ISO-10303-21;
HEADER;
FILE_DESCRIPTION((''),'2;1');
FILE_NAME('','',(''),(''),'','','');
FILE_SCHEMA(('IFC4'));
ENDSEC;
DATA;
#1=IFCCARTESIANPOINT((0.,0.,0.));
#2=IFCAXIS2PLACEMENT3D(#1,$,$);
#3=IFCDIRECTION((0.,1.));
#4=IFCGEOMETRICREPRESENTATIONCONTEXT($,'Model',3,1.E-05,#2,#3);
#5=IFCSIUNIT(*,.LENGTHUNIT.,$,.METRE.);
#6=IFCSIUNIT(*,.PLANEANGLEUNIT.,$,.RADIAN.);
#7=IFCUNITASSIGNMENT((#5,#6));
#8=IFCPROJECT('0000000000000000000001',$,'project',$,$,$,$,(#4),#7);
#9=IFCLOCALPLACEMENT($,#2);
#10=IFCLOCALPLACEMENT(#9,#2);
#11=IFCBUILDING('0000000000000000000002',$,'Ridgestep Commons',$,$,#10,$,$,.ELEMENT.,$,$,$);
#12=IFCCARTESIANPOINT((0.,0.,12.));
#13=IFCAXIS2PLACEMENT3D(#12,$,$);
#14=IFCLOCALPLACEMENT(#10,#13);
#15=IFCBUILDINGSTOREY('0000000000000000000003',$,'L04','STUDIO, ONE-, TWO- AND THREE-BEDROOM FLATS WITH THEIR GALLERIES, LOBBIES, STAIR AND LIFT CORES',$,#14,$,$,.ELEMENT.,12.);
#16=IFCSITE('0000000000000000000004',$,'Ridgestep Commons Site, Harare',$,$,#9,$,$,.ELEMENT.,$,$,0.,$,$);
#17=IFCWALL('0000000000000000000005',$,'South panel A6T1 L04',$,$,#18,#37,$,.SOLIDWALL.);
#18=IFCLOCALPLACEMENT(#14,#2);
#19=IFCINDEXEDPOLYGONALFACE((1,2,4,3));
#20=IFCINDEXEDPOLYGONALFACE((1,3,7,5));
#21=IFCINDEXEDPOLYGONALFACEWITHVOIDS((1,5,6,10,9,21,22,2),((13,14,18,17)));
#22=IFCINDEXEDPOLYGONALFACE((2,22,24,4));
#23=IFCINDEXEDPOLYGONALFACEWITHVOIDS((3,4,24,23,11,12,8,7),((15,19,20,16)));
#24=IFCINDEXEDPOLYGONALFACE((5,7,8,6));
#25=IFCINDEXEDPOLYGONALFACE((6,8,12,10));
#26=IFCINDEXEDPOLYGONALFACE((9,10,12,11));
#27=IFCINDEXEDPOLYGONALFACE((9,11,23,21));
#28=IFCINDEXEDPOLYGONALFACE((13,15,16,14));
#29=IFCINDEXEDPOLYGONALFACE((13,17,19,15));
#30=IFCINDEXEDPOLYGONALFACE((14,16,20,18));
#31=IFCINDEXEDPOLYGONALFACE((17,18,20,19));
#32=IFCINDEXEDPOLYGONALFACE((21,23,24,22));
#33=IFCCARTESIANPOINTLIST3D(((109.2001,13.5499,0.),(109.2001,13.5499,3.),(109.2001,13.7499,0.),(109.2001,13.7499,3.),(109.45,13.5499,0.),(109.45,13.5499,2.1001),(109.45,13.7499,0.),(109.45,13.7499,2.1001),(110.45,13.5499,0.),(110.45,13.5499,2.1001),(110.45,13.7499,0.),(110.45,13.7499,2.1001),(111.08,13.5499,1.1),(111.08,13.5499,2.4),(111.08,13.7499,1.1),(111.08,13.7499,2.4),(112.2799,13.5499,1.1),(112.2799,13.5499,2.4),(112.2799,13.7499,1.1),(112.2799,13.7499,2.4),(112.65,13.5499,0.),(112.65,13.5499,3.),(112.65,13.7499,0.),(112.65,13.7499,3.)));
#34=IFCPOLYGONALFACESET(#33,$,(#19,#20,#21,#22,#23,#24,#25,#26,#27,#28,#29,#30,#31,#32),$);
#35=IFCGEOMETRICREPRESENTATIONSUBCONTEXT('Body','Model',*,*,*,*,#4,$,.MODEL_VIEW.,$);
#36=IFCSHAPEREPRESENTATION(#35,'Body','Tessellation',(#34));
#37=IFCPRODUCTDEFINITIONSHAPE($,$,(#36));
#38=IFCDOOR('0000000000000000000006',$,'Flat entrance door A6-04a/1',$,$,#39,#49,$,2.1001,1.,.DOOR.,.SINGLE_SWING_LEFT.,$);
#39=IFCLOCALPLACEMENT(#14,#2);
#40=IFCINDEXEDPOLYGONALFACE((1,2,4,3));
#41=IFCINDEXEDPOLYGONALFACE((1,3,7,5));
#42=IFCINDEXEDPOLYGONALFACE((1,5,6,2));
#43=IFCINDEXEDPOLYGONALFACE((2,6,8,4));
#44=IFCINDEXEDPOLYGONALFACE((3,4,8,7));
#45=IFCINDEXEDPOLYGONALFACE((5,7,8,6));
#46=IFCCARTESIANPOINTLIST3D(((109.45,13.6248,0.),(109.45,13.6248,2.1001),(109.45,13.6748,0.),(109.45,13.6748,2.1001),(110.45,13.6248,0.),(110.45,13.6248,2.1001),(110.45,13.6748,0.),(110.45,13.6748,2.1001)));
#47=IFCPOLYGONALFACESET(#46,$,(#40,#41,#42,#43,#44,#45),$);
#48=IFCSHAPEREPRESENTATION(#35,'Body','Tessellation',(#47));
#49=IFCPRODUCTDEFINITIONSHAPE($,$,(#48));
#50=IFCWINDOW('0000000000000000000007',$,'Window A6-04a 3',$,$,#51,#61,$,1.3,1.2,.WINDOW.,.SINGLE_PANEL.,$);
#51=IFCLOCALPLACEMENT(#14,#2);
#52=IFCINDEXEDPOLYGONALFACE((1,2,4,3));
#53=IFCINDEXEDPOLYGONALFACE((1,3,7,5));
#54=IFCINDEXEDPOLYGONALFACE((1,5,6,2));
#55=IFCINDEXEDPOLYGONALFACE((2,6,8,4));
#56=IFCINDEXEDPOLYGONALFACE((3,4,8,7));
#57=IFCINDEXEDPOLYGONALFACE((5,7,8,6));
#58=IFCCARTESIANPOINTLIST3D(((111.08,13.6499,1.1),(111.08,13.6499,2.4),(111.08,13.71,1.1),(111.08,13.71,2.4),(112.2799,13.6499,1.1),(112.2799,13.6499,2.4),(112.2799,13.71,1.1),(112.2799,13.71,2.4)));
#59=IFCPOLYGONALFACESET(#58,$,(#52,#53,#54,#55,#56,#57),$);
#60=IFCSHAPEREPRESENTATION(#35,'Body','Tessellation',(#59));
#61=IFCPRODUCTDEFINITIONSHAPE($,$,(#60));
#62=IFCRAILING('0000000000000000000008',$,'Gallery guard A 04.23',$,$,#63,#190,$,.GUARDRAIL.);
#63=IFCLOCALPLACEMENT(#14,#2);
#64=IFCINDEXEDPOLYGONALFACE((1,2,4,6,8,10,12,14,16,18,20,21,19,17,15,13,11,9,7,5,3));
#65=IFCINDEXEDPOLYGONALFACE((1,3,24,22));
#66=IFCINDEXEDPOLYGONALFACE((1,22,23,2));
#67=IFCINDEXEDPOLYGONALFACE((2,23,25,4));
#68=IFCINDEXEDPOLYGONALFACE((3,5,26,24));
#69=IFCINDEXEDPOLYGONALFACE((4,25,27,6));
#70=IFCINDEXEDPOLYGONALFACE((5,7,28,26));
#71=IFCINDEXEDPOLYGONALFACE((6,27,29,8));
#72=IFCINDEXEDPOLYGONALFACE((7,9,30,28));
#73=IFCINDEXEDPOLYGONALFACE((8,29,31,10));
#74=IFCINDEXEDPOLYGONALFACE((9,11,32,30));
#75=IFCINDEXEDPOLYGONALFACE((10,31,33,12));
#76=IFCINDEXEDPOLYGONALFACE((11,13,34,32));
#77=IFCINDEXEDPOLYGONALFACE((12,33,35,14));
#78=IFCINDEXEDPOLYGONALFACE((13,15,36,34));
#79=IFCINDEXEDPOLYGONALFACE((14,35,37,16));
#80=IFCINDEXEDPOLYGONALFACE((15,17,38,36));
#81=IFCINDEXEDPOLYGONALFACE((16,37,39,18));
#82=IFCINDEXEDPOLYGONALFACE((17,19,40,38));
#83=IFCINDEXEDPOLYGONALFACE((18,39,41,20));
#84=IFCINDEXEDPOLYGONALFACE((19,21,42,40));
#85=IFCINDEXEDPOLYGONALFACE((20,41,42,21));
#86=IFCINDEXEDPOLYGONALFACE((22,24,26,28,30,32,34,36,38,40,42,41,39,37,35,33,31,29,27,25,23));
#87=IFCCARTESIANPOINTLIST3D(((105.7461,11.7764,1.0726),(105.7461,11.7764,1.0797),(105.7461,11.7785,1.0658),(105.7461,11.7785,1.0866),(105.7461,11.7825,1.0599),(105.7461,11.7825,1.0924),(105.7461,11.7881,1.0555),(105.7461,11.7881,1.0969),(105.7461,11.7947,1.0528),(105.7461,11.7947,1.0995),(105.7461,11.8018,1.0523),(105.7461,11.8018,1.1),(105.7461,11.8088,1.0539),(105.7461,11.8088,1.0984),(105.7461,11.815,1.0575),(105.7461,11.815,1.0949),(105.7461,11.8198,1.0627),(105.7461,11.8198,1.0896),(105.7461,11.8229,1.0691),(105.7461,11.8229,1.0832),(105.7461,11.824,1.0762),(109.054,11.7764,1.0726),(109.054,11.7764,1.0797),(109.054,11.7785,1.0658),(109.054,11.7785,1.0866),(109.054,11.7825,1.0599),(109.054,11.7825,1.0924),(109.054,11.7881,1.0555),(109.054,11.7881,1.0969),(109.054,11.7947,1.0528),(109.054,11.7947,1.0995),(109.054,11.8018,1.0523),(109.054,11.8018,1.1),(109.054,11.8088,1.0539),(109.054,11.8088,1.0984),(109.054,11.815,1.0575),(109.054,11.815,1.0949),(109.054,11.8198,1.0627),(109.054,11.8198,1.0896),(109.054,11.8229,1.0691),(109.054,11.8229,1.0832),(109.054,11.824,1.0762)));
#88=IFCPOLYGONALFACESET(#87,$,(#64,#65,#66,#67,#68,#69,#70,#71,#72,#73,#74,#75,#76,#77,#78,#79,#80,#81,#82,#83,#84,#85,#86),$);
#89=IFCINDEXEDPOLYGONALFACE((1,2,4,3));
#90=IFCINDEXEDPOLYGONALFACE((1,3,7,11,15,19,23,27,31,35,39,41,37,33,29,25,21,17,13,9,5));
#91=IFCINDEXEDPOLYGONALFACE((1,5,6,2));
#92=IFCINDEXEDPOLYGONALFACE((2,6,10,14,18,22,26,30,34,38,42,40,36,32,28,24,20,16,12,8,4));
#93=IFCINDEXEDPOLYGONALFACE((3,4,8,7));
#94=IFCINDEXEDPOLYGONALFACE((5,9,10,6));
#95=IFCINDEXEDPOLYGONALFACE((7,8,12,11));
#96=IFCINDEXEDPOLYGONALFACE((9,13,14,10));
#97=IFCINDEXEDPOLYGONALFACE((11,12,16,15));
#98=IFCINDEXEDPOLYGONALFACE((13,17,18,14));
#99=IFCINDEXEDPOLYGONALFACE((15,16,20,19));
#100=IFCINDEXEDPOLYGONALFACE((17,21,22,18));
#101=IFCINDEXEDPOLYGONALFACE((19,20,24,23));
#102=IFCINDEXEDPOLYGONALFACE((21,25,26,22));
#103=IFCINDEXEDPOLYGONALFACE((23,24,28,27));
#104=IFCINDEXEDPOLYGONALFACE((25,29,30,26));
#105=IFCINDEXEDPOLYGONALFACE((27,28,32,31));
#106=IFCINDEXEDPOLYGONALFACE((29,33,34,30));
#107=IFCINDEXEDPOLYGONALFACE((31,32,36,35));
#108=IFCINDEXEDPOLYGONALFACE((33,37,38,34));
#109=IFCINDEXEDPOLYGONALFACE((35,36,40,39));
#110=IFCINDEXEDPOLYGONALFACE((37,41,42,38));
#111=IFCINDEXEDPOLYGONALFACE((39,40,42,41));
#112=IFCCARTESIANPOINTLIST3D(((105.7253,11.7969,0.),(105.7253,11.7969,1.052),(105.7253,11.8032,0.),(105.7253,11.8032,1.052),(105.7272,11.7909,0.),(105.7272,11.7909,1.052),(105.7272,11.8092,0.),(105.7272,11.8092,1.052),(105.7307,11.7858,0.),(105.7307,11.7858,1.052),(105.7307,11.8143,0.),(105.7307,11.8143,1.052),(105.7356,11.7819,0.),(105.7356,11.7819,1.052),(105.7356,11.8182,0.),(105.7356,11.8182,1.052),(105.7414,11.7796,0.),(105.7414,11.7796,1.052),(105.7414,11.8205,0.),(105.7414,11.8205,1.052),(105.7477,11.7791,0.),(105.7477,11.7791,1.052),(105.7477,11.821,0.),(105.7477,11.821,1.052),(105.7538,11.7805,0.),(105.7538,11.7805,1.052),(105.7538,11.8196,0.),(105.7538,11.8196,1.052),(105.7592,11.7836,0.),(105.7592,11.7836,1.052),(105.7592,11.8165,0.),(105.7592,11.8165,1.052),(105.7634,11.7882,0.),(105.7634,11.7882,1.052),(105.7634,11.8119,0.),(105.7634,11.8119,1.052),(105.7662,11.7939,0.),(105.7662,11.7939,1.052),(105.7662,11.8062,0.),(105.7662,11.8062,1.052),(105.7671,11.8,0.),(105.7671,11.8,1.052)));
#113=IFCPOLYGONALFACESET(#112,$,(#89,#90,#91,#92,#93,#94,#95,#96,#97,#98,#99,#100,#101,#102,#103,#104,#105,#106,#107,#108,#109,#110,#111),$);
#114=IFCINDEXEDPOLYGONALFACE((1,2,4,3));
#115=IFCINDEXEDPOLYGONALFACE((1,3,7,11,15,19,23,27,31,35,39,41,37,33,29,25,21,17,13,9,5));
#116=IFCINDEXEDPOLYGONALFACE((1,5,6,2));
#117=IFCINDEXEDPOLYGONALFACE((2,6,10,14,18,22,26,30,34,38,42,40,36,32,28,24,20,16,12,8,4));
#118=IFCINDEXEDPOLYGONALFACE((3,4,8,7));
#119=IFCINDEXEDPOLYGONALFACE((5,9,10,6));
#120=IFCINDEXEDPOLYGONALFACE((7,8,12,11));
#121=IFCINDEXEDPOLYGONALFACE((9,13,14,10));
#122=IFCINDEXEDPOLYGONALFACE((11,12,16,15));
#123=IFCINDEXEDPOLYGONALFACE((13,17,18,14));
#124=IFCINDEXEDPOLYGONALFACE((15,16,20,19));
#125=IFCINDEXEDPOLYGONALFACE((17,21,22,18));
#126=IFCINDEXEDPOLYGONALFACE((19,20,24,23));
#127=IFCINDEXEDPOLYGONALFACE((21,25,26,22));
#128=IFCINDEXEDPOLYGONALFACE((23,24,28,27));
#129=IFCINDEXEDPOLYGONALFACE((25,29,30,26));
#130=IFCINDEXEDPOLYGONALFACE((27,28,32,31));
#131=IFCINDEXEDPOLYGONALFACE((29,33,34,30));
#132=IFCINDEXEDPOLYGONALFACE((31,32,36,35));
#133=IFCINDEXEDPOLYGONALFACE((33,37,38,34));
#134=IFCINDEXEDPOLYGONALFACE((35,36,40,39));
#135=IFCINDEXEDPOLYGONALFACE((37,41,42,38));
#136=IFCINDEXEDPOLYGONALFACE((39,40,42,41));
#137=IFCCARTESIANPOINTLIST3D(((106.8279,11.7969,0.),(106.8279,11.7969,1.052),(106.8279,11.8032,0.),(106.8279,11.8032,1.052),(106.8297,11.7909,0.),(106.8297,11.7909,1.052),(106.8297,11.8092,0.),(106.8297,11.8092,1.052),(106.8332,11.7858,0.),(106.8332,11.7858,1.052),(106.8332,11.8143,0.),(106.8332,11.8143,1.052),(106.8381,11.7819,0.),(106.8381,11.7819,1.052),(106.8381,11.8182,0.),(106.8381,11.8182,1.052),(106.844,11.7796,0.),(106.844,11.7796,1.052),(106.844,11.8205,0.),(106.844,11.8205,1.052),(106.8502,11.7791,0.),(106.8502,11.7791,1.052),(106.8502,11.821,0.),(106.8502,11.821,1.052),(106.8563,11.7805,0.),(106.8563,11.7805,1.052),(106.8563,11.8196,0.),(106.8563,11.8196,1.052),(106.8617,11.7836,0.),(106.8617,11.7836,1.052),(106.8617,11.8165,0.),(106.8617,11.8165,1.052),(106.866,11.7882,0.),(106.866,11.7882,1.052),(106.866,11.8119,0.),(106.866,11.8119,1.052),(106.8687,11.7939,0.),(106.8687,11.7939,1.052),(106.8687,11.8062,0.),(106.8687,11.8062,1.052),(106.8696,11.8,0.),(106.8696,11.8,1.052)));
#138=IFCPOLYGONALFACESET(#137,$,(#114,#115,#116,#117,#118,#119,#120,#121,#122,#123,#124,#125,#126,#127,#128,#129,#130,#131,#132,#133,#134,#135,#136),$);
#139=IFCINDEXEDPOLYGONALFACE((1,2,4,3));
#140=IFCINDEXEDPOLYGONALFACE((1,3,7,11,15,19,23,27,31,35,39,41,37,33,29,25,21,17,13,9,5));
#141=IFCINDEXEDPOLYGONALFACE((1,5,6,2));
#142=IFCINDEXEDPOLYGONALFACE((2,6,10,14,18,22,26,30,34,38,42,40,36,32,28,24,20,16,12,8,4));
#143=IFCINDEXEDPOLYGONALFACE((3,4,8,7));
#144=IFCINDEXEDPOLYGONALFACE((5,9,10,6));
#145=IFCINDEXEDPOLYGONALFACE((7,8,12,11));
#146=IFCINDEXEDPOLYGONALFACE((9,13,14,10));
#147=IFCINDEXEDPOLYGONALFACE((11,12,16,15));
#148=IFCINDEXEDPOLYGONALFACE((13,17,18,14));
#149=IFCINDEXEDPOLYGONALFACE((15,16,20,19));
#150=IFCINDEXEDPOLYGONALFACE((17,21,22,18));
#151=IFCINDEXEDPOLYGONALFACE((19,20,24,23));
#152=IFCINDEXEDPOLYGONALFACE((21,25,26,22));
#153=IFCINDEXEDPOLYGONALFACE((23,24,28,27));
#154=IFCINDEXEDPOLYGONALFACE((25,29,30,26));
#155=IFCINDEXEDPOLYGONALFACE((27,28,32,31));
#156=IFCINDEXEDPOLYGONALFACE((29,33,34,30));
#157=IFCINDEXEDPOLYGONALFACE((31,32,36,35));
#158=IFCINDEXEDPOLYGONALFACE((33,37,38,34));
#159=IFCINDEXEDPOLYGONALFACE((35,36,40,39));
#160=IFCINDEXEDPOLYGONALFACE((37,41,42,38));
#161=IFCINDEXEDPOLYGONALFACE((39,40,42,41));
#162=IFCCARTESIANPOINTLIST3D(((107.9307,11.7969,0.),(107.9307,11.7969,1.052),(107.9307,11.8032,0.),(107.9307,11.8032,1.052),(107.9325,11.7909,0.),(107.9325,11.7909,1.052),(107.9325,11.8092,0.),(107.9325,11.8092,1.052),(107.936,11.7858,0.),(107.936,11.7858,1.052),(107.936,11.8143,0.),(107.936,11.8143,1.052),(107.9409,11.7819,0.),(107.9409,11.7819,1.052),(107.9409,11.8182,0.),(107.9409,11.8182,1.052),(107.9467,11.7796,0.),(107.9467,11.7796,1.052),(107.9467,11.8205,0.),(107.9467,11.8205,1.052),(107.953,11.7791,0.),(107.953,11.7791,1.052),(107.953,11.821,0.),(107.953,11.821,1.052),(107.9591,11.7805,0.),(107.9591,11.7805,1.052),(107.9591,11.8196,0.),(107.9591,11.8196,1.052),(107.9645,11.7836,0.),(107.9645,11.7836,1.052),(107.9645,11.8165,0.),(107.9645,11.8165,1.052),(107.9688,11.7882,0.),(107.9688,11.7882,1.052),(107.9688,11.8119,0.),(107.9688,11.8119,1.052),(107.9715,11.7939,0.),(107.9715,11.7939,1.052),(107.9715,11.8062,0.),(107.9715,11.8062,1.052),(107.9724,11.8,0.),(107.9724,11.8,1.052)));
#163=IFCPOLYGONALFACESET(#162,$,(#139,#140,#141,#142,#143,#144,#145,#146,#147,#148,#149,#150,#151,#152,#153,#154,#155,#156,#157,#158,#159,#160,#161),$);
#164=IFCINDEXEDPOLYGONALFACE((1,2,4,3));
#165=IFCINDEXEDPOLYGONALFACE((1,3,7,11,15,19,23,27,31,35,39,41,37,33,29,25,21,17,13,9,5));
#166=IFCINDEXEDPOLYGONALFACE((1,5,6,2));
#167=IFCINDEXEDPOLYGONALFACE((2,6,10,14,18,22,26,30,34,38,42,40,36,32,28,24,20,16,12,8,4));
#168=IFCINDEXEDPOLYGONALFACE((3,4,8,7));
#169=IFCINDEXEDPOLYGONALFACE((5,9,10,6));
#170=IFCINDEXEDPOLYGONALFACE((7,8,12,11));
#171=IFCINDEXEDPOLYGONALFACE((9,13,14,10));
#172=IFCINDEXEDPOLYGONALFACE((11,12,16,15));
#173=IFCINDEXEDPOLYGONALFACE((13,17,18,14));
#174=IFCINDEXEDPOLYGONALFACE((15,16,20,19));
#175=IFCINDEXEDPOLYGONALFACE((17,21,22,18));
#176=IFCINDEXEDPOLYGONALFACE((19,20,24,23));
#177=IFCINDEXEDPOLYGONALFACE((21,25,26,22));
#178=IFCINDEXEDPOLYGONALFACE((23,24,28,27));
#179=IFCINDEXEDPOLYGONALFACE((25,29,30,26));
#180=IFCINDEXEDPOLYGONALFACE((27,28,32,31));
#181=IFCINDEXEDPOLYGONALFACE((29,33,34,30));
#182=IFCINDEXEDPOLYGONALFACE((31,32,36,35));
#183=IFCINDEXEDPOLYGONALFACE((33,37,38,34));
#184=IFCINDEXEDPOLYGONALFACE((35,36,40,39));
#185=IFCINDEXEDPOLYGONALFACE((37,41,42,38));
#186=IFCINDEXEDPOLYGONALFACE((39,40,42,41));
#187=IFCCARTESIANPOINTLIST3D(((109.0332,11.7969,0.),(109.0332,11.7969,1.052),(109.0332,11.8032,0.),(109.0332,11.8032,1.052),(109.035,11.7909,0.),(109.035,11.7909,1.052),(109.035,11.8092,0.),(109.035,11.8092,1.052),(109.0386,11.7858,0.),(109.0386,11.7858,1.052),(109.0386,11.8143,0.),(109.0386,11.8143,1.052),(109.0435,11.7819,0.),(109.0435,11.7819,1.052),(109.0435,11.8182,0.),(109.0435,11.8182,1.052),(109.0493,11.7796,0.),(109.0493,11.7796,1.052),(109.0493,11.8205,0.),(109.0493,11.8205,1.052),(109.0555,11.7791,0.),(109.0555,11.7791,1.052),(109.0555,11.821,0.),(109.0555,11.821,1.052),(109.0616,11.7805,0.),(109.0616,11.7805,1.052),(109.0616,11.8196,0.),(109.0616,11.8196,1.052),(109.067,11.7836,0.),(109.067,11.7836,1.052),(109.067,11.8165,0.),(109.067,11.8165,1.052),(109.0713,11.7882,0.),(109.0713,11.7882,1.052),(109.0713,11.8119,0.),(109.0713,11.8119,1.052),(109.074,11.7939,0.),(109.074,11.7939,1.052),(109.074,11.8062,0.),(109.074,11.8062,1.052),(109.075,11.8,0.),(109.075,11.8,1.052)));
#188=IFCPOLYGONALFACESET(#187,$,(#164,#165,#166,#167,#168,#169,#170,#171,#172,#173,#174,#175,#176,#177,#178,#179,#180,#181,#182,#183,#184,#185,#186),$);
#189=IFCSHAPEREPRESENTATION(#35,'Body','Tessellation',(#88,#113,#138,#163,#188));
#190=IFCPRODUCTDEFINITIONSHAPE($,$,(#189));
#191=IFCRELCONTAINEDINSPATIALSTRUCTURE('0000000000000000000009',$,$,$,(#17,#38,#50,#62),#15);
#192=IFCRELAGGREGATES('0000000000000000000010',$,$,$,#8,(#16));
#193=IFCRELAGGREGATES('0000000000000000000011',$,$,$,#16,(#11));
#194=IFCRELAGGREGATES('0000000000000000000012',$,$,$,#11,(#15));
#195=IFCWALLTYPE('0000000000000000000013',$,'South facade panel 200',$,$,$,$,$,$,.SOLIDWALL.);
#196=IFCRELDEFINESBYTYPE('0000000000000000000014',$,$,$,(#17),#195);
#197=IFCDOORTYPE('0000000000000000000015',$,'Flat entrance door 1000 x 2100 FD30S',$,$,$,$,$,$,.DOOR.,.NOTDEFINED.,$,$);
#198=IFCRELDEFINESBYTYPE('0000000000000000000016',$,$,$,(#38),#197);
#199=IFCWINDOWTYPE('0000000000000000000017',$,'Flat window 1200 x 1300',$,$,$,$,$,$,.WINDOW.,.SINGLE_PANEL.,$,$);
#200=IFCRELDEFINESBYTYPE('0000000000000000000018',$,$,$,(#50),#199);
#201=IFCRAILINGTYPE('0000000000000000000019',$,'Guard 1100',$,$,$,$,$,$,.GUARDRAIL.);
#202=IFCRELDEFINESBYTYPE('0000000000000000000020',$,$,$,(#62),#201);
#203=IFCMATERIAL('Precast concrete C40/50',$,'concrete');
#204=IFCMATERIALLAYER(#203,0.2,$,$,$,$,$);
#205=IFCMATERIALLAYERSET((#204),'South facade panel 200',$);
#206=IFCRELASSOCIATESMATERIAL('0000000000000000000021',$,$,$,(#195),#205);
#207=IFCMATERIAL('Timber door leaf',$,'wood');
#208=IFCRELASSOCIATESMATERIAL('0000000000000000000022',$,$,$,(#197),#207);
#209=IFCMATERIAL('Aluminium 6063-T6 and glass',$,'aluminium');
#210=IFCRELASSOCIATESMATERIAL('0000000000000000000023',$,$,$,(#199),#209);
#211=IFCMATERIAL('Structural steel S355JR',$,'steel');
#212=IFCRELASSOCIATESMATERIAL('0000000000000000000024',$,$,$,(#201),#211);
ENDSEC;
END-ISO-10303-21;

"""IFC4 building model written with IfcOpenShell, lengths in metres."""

from ifc_helpers import new_model, si_unit, direction, frame, frame_2d, origin, origin_2d, place, context, subcontext, project, spatial, rectangle, circle, extrude, material, layer, layer_set, type_object, element, fill, save


model = new_model("IFC4")

# Units and contexts
model_context = context("Model", 3, precision=1e-05, world=origin(), true_north=direction((0.0, 1.0)))
body_context = subcontext(model_context, "Body", "Model", "MODEL_VIEW")
ifc_project = project(units=[si_unit("LENGTHUNIT", "METRE"), si_unit("PLANEANGLEUNIT", "RADIAN")], contexts=[model_context])

# Site, building, storey
site_placement = place(None, origin())
site = spatial("IfcSite", under=ifc_project, at=site_placement, Name="Ridgestep Commons Site, Harare", CompositionType="ELEMENT", RefElevation=0.0)
building_placement = place(site_placement, origin())
building = spatial("IfcBuilding", under=site, at=building_placement, Name="Ridgestep Commons", CompositionType="ELEMENT")
storey_placement = place(building_placement, frame((0.0, 0.0, 12.0)))
storey = spatial("IfcBuildingStorey", under=building, at=storey_placement, Name="L04", Description="STUDIO, ONE-, TWO- AND THREE-BEDROOM FLATS WITH THEIR GALLERIES, LOBBIES, STAIR AND LIFT CORES", CompositionType="ELEMENT", Elevation=12.0)

# Wall, openings, door, window
ifc_material_1 = material(Name="Precast concrete C40/50", Category="concrete")
ifc_layer_1 = layer(ifc_material_1, 0.2)
ifc_layer_set_1 = layer_set([ifc_layer_1], Name="South facade panel 200")
wall_type_1 = type_object("IfcWallType", Name="South facade panel 200", PredefinedType="SOLIDWALL", material=ifc_layer_set_1)
wall_1_placement = place(storey_placement, frame((109.2, 13.6499, 0.0), z_axis=(0.0, 0.0, 1.0), x_axis=(1.0, 0.0, 0.0)))
wall_1 = element("IfcWall", 1, at=wall_1_placement, inside=storey, type_object=wall_type_1, Name="South panel A6T1 L04", PredefinedType="SOLIDWALL", context=body_context, shape_type="SweptSolid", body=[
    extrude(rectangle(XDim=3.45, YDim=0.2, at=frame_2d((1.7251, 0.0))), origin(), (0.0, 0.0, 1.0), 3.0),
])
opening_1_placement = place(wall_1_placement, frame((1.8799, 0.0, 1.1001)))
opening_1 = element("IfcOpeningElement", 2, at=opening_1_placement, cuts=wall_1, PredefinedType="OPENING", context=body_context, shape_type="SweptSolid", body=[
    extrude(rectangle(XDim=1.2, YDim=1.3, at=frame_2d((0.6001, 0.6499))), frame((0.0, 0.1099, 0.0), z_axis=(0.0, -1.0, 0.0), x_axis=(1.0, 0.0, 0.0)), (0.0, 0.0, 1.0), 0.22),
])
opening_2_placement = place(wall_1_placement, frame((0.25, 0.0, 0.0)))
opening_2 = element("IfcOpeningElement", 3, at=opening_2_placement, cuts=wall_1, PredefinedType="OPENING", context=body_context, shape_type="SweptSolid", body=[
    extrude(rectangle(XDim=1.0, YDim=2.1001, at=frame_2d((0.5, 1.05))), frame((0.0, 0.1099, 0.0), z_axis=(0.0, -1.0, 0.0), x_axis=(1.0, 0.0, 0.0)), (0.0, 0.0, 1.0), 0.22),
])
ifc_material_2 = material(Name="Timber door leaf", Category="wood")
door_type_1 = type_object("IfcDoorType", Name="Flat entrance door 1000 x 2100 FD30S", OperationType="NOTDEFINED", PredefinedType="DOOR", material=ifc_material_2)
door_1_placement = place(opening_2_placement, origin())
door_1 = element("IfcDoor", 4, at=door_1_placement, inside=storey, type_object=door_type_1, Name="Flat entrance door A6-04a/1", OperationType="SINGLE_SWING_LEFT", OverallHeight=2.1001, OverallWidth=1.0, PredefinedType="DOOR", context=body_context, shape_type="SweptSolid", body=[
    extrude(rectangle(XDim=1.0, YDim=2.1001, at=frame_2d((0.5, 1.05))), frame((0.0, 0.0249, 0.0), z_axis=(0.0, -1.0, 0.0), x_axis=(1.0, 0.0, 0.0)), (0.0, 0.0, 1.0), 0.05),
])
fill(opening_2, door_1)
ifc_material_3 = material(Name="Aluminium 6063-T6 and glass", Category="aluminium")
window_type_1 = type_object("IfcWindowType", Name="Flat window 1200 x 1300", PartitioningType="SINGLE_PANEL", PredefinedType="WINDOW", material=ifc_material_3)
window_1_placement = place(opening_1_placement, origin())
window_1 = element("IfcWindow", 5, at=window_1_placement, inside=storey, type_object=window_type_1, Name="Window A6-04a 3", OverallHeight=1.3, OverallWidth=1.2, PartitioningType="SINGLE_PANEL", PredefinedType="WINDOW", context=body_context, shape_type="SweptSolid", body=[
    extrude(rectangle(XDim=1.2, YDim=1.3, at=frame_2d((0.6001, 0.6499))), frame((0.0, 0.0601, 0.0), z_axis=(0.0, -1.0, 0.0), x_axis=(1.0, 0.0, 0.0)), (0.0, 0.0, 1.0), 0.0601),
])
fill(opening_1, window_1)

# Railing
ifc_material_4 = material(Name="Structural steel S355JR", Category="steel")
railing_type = type_object("IfcRailingType", Name="Guard 1100", PredefinedType="GUARDRAIL", material=ifc_material_4)
railing_1_placement = place(storey_placement, frame((105.7461, 11.8, 0.0)))
element("IfcRailing", 6, at=railing_1_placement, inside=storey, type_object=railing_type, Name="Gallery guard A 04.23", PredefinedType="GUARDRAIL", context=body_context, shape_type="SweptSolid", body=[
    extrude(circle(Radius=0.0239, at=origin_2d()), frame((0.0, 0.0, 1.0762), z_axis=(1.0, 0.0, 0.0), x_axis=(0.0, 1.0, 0.0)), (0.0, 0.0, 1.0), 3.3079),
    extrude(circle(Radius=0.021, at=origin_2d()), origin(), (0.0, 0.0, 1.0), 1.052),
    extrude(circle(Radius=0.021, at=origin_2d()), frame((1.1025, 0.0, 0.0)), (0.0, 0.0, 1.0), 1.052),
    extrude(circle(Radius=0.021, at=origin_2d()), frame((2.2053, 0.0, 0.0)), (0.0, 0.0, 1.0), 1.052),
    extrude(circle(Radius=0.021, at=origin_2d()), frame((3.3079, 0.0, 0.0)), (0.0, 0.0, 1.0), 1.052),
])

save(model, "model.ifc")
